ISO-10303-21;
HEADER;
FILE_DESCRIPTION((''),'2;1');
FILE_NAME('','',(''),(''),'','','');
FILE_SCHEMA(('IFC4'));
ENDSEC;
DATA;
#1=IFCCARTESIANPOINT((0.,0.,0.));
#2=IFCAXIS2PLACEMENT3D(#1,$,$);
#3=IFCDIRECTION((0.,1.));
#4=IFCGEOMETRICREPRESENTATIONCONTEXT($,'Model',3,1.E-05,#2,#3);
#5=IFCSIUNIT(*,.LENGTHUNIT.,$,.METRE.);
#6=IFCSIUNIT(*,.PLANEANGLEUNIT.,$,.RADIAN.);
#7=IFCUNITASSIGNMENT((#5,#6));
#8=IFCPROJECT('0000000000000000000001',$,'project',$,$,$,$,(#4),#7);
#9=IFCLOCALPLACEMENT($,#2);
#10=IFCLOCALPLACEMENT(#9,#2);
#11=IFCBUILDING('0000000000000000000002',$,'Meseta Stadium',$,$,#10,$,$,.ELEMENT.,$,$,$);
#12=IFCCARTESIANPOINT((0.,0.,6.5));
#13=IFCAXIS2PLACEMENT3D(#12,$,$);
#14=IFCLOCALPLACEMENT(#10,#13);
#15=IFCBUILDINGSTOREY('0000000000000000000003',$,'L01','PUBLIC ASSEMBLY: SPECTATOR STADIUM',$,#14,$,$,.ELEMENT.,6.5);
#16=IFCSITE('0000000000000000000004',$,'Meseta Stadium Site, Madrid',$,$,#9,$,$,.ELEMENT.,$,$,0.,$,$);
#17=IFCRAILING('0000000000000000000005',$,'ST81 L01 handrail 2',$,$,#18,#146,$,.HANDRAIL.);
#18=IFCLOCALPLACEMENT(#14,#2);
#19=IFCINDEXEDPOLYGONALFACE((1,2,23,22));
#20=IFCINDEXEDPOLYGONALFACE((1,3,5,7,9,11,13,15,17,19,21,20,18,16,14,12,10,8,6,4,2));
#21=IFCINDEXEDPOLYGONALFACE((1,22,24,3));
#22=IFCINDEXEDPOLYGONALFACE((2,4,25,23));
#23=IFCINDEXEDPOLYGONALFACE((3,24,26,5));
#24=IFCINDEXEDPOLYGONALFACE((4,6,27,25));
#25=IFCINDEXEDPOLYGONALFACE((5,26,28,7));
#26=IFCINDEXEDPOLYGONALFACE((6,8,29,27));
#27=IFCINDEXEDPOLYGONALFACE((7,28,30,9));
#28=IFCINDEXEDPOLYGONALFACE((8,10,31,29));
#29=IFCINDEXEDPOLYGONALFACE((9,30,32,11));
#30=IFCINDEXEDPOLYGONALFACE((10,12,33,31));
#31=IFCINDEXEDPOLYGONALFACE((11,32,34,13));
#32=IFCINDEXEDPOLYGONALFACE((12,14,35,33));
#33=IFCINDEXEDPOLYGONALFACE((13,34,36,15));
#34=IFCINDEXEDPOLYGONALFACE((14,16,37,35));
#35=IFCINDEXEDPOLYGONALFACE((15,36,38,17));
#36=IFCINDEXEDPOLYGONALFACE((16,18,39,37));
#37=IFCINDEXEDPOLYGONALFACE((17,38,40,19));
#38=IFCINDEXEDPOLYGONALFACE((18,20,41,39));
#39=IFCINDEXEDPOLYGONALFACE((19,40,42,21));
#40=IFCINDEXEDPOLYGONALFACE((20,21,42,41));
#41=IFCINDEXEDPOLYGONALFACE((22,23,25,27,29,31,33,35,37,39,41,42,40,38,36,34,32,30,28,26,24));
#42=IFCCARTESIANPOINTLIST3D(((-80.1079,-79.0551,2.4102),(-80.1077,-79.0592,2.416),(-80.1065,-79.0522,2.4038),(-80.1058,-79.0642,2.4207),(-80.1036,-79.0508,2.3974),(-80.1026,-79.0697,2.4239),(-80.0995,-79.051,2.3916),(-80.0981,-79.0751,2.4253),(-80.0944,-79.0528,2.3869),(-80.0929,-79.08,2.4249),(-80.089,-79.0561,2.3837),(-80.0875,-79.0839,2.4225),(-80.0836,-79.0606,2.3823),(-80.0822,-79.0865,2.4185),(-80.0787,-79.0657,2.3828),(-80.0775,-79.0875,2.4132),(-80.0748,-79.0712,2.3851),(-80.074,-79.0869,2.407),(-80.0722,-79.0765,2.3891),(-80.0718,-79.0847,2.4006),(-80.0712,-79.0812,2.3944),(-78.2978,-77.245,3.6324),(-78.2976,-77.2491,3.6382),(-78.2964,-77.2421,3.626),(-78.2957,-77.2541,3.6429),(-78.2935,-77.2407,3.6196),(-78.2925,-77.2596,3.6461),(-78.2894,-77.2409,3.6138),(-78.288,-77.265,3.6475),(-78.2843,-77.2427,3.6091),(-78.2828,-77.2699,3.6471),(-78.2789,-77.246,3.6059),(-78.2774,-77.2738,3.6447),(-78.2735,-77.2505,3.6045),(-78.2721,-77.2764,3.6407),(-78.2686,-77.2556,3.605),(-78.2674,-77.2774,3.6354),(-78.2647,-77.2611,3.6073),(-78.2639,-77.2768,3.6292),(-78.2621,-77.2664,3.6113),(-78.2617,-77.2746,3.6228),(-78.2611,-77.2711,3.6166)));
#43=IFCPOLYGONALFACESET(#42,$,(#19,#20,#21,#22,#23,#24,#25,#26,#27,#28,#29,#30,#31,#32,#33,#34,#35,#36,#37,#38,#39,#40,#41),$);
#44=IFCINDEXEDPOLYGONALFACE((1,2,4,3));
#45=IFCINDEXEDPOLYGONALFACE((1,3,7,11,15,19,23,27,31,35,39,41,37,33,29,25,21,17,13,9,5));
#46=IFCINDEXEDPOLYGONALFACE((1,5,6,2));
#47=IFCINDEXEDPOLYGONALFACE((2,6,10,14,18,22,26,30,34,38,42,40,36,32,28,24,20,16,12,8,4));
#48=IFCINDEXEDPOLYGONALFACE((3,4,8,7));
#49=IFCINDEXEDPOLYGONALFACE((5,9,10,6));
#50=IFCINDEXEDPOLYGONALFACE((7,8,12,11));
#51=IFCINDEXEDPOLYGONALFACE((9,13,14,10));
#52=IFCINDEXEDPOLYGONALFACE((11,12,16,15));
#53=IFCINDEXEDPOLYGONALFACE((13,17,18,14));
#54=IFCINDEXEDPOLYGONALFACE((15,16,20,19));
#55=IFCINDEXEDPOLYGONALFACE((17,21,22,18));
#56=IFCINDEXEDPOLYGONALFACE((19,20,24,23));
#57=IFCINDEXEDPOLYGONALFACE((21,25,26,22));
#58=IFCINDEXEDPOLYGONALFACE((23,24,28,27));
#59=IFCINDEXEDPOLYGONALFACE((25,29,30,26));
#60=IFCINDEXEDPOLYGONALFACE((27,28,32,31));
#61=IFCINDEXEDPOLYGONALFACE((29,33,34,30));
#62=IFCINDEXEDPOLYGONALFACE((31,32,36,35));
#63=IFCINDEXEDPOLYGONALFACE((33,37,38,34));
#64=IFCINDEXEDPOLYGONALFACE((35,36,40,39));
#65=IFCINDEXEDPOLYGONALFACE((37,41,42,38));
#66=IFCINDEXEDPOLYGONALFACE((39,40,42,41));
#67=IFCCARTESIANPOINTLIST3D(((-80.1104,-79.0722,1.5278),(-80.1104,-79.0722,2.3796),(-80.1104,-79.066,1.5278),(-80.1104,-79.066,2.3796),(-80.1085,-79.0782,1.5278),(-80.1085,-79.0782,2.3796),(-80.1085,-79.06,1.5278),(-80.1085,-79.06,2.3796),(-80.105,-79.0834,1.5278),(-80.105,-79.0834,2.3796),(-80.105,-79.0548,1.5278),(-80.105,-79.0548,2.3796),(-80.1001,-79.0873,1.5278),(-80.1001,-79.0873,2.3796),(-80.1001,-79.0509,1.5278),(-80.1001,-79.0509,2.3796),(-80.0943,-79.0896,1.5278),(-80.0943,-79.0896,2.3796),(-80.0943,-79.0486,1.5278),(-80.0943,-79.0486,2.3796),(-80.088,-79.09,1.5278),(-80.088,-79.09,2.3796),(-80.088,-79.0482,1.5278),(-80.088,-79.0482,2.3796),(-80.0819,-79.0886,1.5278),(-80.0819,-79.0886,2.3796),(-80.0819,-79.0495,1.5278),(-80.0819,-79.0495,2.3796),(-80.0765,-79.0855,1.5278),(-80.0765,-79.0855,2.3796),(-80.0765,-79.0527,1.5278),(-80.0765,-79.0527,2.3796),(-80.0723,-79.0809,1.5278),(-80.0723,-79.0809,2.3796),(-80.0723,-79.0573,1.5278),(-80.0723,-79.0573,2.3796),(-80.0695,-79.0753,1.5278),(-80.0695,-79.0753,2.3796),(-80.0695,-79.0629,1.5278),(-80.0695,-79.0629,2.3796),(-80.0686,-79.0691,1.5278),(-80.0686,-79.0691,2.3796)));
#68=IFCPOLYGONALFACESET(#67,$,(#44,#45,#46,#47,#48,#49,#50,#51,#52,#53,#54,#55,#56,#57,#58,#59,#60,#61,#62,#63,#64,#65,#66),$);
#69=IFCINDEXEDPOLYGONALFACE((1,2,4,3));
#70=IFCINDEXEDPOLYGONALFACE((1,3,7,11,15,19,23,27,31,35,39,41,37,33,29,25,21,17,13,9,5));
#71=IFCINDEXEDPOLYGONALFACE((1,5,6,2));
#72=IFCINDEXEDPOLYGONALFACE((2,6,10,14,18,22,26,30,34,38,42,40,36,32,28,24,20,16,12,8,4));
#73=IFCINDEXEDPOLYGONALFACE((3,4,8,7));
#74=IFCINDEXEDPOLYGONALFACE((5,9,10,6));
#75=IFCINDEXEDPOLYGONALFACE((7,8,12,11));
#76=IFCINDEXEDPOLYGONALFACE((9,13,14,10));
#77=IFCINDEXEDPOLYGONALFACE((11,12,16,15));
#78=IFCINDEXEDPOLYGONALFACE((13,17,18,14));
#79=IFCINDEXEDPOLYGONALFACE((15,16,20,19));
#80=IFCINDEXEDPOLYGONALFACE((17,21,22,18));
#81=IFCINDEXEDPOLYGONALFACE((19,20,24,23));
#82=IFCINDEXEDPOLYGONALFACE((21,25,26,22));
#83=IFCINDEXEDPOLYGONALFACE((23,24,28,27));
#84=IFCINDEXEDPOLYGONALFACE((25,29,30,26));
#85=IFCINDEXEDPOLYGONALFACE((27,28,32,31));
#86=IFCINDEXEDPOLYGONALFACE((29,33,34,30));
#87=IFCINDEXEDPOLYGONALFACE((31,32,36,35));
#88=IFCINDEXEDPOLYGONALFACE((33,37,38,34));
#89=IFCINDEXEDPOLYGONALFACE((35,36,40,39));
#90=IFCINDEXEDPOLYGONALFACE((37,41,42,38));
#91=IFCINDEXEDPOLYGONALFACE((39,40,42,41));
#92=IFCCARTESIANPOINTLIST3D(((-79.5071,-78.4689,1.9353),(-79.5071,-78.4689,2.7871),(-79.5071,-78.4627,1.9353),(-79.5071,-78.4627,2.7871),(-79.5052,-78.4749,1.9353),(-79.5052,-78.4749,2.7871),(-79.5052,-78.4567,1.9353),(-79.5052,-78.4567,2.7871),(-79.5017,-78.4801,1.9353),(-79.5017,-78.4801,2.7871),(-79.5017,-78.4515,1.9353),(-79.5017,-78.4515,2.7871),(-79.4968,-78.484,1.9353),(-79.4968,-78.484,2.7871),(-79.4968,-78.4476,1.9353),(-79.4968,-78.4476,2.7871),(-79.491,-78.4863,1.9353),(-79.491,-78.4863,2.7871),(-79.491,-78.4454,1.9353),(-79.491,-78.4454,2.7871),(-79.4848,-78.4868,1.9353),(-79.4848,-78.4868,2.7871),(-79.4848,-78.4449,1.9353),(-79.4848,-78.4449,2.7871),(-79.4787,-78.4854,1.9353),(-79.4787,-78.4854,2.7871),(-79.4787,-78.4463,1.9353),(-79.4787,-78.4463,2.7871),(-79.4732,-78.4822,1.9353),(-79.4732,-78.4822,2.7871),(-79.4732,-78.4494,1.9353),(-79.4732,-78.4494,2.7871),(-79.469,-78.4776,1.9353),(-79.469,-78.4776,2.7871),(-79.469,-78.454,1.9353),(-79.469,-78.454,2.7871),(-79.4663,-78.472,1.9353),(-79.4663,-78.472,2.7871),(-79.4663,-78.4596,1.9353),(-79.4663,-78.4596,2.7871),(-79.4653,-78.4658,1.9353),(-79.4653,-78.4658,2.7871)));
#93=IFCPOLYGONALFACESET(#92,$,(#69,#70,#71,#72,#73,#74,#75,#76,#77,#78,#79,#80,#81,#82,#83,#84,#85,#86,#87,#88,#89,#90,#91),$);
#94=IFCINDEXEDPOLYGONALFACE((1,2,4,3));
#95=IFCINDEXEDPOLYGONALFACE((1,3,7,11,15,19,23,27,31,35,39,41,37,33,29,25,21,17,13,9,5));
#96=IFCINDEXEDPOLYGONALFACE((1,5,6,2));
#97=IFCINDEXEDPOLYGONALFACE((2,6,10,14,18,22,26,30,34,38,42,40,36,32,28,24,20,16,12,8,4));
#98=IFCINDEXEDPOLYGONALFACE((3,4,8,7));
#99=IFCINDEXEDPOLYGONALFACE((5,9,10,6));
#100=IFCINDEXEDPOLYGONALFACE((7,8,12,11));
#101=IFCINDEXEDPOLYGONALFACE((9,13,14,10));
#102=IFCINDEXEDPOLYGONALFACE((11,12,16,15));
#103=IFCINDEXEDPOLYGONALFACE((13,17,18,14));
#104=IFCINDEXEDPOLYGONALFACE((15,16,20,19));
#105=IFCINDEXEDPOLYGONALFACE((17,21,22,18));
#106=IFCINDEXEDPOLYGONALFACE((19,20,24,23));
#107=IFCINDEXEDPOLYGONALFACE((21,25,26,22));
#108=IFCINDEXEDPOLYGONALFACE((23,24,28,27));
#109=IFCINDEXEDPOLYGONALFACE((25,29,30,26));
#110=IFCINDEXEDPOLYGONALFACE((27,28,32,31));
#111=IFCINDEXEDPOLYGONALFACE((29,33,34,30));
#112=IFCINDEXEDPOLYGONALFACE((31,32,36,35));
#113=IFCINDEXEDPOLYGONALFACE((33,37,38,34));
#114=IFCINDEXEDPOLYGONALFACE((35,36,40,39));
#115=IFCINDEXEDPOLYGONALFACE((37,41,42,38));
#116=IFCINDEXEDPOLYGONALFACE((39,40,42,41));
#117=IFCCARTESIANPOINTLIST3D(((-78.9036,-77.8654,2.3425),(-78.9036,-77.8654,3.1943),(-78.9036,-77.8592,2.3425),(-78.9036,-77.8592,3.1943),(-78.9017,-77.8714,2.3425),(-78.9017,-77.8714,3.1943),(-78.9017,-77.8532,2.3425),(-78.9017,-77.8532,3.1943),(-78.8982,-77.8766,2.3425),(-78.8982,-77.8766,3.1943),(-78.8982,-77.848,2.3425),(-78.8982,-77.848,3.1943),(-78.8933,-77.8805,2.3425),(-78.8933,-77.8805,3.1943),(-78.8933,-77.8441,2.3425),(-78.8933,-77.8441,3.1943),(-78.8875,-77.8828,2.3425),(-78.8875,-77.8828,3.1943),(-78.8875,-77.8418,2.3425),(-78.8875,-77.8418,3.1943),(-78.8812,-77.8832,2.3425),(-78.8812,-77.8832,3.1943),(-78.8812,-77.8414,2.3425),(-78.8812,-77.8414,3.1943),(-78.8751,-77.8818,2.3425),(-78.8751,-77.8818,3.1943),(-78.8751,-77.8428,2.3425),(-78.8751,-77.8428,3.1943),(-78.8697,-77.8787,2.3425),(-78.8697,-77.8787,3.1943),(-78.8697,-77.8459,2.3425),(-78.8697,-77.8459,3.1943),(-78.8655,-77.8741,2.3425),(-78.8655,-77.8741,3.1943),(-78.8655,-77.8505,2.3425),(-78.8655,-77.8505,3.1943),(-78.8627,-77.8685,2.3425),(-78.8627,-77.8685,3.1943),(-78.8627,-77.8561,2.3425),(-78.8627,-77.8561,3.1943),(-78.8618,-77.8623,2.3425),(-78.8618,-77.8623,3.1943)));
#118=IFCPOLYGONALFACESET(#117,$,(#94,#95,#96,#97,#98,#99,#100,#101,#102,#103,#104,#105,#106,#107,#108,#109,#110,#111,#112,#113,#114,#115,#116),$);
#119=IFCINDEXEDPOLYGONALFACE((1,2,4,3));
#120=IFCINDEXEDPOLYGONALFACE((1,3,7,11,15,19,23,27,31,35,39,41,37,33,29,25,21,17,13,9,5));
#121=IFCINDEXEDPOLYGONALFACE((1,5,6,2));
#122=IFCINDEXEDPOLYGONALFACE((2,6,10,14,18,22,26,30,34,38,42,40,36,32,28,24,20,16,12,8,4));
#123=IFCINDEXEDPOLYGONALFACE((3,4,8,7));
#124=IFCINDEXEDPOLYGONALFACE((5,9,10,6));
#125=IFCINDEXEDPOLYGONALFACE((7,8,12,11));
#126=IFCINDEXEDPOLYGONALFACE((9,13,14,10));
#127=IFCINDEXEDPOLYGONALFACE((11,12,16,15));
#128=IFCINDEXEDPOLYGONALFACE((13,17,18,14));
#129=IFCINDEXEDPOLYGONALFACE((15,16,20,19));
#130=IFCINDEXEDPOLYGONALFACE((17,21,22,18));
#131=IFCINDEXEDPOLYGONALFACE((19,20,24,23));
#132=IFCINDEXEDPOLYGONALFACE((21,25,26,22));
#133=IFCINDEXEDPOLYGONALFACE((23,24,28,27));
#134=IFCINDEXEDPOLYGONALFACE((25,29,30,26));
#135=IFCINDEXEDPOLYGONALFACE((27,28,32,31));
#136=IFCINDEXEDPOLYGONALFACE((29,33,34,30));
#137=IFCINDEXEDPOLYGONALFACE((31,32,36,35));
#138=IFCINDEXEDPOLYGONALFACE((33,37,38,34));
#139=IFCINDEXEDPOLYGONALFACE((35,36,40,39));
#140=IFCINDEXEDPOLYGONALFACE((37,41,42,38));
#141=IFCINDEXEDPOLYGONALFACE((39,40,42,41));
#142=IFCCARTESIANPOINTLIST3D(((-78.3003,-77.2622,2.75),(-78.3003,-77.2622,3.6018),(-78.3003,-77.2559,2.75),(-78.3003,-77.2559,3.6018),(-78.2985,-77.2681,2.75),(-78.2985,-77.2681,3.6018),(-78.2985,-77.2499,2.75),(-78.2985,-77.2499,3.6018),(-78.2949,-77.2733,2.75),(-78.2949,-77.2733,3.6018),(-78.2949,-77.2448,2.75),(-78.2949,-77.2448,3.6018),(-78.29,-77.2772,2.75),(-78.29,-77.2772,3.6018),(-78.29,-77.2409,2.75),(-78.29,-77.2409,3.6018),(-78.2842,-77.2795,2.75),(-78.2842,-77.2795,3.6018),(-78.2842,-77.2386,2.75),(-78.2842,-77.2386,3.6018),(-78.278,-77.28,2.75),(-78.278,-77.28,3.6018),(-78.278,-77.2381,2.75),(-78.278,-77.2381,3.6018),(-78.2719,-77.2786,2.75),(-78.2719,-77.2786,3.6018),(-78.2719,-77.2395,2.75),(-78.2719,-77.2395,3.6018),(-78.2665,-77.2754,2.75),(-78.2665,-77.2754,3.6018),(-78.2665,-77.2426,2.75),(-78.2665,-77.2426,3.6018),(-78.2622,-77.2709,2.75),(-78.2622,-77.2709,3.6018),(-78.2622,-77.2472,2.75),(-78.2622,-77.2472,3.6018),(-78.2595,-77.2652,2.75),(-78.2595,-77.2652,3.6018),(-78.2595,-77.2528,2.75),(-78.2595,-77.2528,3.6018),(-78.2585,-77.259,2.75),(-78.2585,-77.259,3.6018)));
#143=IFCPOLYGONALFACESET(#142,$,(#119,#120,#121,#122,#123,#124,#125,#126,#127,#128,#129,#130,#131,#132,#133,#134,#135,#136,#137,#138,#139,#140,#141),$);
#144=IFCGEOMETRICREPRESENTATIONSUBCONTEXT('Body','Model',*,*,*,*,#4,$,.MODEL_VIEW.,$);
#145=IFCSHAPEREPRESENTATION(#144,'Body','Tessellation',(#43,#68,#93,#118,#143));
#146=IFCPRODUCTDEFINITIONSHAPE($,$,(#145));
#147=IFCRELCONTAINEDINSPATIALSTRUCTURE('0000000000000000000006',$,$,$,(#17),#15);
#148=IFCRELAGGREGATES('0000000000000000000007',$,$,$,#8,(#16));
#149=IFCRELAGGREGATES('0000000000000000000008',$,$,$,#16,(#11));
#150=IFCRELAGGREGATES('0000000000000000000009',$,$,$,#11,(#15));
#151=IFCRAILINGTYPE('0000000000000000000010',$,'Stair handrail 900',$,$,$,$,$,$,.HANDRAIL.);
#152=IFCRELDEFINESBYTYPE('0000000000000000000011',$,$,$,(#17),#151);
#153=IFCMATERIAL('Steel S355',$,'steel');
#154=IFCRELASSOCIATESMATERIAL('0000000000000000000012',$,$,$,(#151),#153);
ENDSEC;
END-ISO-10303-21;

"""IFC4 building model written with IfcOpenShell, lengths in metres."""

from ifc_helpers import new_model, si_unit, direction, frame, origin, origin_2d, place, context, subcontext, project, spatial, circle, extrude, material, type_object, element, save


model = new_model("IFC4")

# Units and contexts
model_context = context("Model", 3, precision=1e-05, world=origin(), true_north=direction((0.0, 1.0)))
body_context = subcontext(model_context, "Body", "Model", "MODEL_VIEW")
ifc_project = project(units=[si_unit("LENGTHUNIT", "METRE"), si_unit("PLANEANGLEUNIT", "RADIAN")], contexts=[model_context])

# Site, building, storey
site_placement = place(None, origin())
site = spatial("IfcSite", under=ifc_project, at=site_placement, Name="Meseta Stadium Site, Madrid", CompositionType="ELEMENT", RefElevation=0.0)
building_placement = place(site_placement, origin())
building = spatial("IfcBuilding", under=site, at=building_placement, Name="Meseta Stadium", CompositionType="ELEMENT")
storey_placement = place(building_placement, frame((0.0, 0.0, 6.5)))
storey = spatial("IfcBuildingStorey", under=building, at=storey_placement, Name="L01", Description="PUBLIC ASSEMBLY: SPECTATOR STADIUM", CompositionType="ELEMENT", Elevation=6.5)

# Railing
ifc_material_1 = material(Name="Steel S355", Category="steel")
railing_type_1 = type_object("IfcRailingType", Name="Stair handrail 900", PredefinedType="HANDRAIL", material=ifc_material_1)
for number, where, name in (
    (1, (-80.0896, -79.0691, 1.5278), "ST81 L01 handrail 2"),
):
    element("IfcRailing", number, at=place(storey_placement, frame(where)), inside=storey, type_object=railing_type_1, Name=name, PredefinedType="HANDRAIL", context=body_context, shape_type="SweptSolid", body=[
        extrude(circle(Radius=0.0239, at=origin_2d()), frame((0.0, 0.0, 0.876), z_axis=(0.638108, 0.638108, 0.430856), x_axis=(-0.707107, 0.707107, 0.0)), (0.0, 0.0, 1.0), 2.8367),
        extrude(circle(Radius=0.021, at=origin_2d()), origin(), (0.0, 0.0, 1.0), 0.8518),
        extrude(circle(Radius=0.021, at=origin_2d()), frame((0.6033, 0.6033, 0.4075)), (0.0, 0.0, 1.0), 0.8518),
        extrude(circle(Radius=0.021, at=origin_2d()), frame((1.2068, 1.2068, 0.8147)), (0.0, 0.0, 1.0), 0.8518),
        extrude(circle(Radius=0.021, at=origin_2d()), frame((1.8101, 1.8101, 1.2222)), (0.0, 0.0, 1.0), 0.8518),
    ])

save(model, "model.ifc")
